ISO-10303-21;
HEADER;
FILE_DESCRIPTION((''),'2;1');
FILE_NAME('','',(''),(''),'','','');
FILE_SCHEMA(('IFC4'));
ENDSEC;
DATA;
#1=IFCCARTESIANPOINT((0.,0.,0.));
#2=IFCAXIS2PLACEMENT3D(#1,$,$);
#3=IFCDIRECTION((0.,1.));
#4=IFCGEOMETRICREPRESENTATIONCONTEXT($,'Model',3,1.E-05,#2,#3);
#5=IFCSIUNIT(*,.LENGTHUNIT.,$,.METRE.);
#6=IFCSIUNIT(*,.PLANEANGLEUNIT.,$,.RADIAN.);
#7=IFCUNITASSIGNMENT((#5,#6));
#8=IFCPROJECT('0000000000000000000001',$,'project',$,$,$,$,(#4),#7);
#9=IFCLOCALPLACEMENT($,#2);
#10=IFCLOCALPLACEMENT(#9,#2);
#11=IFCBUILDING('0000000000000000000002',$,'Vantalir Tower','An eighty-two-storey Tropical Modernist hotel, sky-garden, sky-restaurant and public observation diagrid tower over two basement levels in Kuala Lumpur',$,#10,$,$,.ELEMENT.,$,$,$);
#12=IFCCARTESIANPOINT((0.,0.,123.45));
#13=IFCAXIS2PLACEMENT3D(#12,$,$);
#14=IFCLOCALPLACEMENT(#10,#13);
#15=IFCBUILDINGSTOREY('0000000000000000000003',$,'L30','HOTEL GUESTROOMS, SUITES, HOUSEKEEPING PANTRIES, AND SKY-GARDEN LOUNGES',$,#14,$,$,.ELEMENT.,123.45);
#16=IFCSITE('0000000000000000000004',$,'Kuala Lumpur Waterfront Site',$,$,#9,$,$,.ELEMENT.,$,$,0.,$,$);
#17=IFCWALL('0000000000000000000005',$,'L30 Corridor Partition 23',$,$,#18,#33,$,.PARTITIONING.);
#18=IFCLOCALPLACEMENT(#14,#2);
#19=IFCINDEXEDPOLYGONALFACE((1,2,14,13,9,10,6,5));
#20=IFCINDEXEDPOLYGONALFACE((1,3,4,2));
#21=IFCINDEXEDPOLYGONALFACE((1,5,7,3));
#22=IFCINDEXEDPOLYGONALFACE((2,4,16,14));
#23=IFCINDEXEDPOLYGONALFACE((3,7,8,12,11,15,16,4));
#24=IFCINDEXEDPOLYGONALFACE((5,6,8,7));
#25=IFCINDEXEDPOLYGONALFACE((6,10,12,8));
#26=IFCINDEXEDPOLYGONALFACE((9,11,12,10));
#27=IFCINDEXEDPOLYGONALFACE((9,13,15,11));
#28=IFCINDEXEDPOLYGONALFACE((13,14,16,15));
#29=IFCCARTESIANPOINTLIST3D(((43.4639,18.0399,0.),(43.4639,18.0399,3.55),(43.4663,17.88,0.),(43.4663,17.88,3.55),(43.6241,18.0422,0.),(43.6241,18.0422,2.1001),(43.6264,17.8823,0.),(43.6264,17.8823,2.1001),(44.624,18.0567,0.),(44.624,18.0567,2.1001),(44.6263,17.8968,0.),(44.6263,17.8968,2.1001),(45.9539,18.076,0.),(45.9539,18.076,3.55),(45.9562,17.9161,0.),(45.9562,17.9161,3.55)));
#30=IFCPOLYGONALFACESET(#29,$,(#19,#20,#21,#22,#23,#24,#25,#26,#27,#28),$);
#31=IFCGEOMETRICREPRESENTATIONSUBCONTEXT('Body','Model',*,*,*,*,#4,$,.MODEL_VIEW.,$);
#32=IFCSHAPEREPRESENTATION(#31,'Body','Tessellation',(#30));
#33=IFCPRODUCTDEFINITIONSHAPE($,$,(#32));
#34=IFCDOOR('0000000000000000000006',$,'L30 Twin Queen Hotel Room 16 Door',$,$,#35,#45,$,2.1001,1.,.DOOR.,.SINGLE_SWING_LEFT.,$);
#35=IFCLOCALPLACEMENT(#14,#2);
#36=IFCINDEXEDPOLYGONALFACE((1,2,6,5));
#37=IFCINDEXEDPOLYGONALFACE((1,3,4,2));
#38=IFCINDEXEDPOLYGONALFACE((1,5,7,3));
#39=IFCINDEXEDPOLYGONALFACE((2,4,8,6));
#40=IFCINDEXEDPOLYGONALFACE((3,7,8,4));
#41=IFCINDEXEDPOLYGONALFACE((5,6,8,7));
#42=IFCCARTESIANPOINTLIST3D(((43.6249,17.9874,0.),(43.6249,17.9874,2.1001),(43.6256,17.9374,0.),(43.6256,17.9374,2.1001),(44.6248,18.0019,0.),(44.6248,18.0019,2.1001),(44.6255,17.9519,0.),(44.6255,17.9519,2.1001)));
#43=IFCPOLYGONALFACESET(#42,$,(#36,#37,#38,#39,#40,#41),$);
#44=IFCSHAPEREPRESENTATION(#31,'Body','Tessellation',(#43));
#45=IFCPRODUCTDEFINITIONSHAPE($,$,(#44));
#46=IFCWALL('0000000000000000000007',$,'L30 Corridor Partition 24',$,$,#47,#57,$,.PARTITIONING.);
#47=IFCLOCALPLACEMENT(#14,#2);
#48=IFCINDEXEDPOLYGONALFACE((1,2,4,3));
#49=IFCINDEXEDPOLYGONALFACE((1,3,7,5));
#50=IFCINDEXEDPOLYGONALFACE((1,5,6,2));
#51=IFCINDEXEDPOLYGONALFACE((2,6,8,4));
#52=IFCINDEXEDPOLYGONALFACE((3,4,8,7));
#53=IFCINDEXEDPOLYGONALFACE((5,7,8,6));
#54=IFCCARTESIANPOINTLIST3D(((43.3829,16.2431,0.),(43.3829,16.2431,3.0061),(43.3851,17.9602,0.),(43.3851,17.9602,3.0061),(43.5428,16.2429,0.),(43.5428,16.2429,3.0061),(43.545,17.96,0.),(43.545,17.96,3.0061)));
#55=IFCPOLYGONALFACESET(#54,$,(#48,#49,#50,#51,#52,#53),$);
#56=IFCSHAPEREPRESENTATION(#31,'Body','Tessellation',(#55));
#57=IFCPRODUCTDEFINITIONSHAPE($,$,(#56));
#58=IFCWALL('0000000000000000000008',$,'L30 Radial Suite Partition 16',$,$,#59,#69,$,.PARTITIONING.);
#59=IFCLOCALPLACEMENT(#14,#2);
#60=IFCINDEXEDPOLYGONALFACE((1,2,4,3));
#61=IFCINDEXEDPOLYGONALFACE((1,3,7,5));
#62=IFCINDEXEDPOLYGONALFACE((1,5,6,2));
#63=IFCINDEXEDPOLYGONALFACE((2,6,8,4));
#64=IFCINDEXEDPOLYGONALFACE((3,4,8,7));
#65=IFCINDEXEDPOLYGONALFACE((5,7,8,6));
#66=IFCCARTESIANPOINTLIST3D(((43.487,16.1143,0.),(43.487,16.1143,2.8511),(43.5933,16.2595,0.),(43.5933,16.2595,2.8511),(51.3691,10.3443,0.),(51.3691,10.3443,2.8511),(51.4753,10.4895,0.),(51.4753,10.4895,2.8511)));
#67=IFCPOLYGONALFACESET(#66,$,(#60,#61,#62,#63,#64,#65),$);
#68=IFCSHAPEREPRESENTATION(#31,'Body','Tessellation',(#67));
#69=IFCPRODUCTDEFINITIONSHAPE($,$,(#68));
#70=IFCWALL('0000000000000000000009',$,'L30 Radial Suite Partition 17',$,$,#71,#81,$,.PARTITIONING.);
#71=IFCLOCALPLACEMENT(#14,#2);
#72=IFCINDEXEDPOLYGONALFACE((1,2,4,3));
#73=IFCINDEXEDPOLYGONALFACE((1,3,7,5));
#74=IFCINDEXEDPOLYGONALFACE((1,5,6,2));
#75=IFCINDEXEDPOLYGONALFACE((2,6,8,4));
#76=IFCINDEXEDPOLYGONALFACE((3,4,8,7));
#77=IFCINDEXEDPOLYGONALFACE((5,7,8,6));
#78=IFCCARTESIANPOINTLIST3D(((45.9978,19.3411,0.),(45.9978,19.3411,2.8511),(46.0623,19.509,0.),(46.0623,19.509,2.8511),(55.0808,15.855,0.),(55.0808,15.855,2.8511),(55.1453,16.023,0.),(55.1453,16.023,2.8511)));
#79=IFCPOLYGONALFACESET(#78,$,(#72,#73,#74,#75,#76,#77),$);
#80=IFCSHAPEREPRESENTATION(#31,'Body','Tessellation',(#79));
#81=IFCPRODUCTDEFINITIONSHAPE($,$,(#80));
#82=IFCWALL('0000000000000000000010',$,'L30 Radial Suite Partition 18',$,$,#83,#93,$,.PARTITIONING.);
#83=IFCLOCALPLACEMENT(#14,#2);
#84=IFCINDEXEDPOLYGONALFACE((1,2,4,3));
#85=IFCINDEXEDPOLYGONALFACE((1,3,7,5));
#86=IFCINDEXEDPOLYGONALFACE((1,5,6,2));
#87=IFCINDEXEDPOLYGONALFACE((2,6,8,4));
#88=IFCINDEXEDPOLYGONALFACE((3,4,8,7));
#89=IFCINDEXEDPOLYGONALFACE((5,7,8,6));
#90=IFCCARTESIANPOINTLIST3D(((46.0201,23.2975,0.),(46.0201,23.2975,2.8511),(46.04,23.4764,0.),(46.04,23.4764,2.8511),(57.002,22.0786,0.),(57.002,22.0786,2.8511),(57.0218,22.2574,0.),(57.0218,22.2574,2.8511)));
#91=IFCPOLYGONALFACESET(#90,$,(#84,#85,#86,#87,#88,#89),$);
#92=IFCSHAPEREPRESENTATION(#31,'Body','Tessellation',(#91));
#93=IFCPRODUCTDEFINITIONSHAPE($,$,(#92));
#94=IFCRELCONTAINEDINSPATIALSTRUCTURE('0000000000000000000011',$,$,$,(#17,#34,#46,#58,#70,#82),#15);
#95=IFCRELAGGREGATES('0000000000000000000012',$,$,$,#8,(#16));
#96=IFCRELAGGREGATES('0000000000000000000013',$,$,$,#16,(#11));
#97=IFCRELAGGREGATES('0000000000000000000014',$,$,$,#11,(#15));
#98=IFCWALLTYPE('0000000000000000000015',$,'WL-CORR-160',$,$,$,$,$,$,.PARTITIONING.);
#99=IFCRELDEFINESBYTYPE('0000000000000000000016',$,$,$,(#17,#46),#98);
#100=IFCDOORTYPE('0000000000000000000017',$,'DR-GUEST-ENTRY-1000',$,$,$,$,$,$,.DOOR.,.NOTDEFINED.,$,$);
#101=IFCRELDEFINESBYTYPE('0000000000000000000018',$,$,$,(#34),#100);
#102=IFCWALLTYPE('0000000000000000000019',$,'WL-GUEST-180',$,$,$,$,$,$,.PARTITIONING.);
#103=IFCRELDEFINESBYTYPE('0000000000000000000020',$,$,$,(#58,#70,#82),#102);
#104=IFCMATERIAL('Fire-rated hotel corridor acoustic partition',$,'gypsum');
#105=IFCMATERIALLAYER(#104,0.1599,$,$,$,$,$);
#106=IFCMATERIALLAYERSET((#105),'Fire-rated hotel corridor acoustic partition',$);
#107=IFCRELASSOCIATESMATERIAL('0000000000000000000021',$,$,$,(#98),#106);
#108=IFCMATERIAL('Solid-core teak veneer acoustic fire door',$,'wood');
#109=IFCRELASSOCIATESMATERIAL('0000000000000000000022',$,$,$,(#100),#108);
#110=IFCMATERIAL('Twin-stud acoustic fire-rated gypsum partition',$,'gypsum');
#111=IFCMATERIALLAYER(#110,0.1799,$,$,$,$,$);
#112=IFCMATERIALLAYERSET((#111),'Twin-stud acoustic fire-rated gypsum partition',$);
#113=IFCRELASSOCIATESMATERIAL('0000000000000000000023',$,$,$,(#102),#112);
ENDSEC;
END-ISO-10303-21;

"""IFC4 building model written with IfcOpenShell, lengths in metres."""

from ifc_helpers import new_model, si_unit, direction, frame, frame_2d, origin, place, context, subcontext, project, spatial, rectangle, extrude, material, layer, layer_set, type_object, element, fill, save


model = new_model("IFC4")

# Units and contexts
model_context = context("Model", 3, precision=1e-05, world=origin(), true_north=direction((0.0, 1.0)))
body_context = subcontext(model_context, "Body", "Model", "MODEL_VIEW")
ifc_project = project(units=[si_unit("LENGTHUNIT", "METRE"), si_unit("PLANEANGLEUNIT", "RADIAN")], contexts=[model_context])

# Site, building, storey
site_placement = place(None, origin())
site = spatial("IfcSite", under=ifc_project, at=site_placement, Name="Kuala Lumpur Waterfront Site", CompositionType="ELEMENT", RefElevation=0.0)
building_placement = place(site_placement, origin())
building = spatial("IfcBuilding", under=site, at=building_placement, Name="Vantalir Tower", Description="An eighty-two-storey Tropical Modernist hotel, sky-garden, sky-restaurant and public observation diagrid tower over two basement levels in Kuala Lumpur", CompositionType="ELEMENT")
storey_placement = place(building_placement, frame((0.0, 0.0, 123.45)))
storey = spatial("IfcBuildingStorey", under=building, at=storey_placement, Name="L30", Description="HOTEL GUESTROOMS, SUITES, HOUSEKEEPING PANTRIES, AND SKY-GARDEN LOUNGES", CompositionType="ELEMENT", Elevation=123.45)

# Shared definitions
ifc_material_1 = material(Name="Fire-rated hotel corridor acoustic partition", Category="gypsum")
ifc_layer_1 = layer(ifc_material_1, 0.1599)
ifc_layer_set_1 = layer_set([ifc_layer_1], Name="Fire-rated hotel corridor acoustic partition")
wall_type_1 = type_object("IfcWallType", Name="WL-CORR-160", PredefinedType="PARTITIONING", material=ifc_layer_set_1)

# Wall, opening, door
wall_1_placement = place(storey_placement, frame((45.9551, 17.9961, 0.0), z_axis=(0.0, 0.0, 1.0), x_axis=(-0.999895, -0.01451, 0.0)))
wall_1 = element("IfcWall", 1, at=wall_1_placement, inside=storey, type_object=wall_type_1, Name="L30 Corridor Partition 23", PredefinedType="PARTITIONING", context=body_context, shape_type="SweptSolid", body=[
    extrude(rectangle(XDim=2.4902, YDim=0.1599, at=frame_2d((1.2451, 0.0))), origin(), (0.0, 0.0, 1.0), 3.55),
])
opening_1_placement = place(wall_1_placement, frame((1.3301, 0.0, 0.0)))
opening_1 = element("IfcOpeningElement", 2, at=opening_1_placement, cuts=wall_1, PredefinedType="OPENING", context=body_context, shape_type="SweptSolid", body=[
    extrude(rectangle(XDim=1.0, YDim=2.1001, at=frame_2d((0.5, 1.05))), frame((0.0, 0.0898, 0.0), z_axis=(0.0, -1.0, 0.0), x_axis=(1.0, 0.0, 0.0)), (0.0, 0.0, 1.0), 0.1799),
])
ifc_material_2 = material(Name="Solid-core teak veneer acoustic fire door", Category="wood")
door_type_1 = type_object("IfcDoorType", Name="DR-GUEST-ENTRY-1000", OperationType="NOTDEFINED", PredefinedType="DOOR", material=ifc_material_2)
door_1_placement = place(opening_1_placement, origin())
door_1 = element("IfcDoor", 3, at=door_1_placement, inside=storey, type_object=door_type_1, Name="L30 Twin Queen Hotel Room 16 Door", OperationType="SINGLE_SWING_LEFT", OverallHeight=2.1001, OverallWidth=1.0, PredefinedType="DOOR", context=body_context, shape_type="SweptSolid", body=[
    extrude(rectangle(XDim=1.0, YDim=2.1001, at=frame_2d((0.5, 1.05))), frame((0.0, 0.0249, 0.0), z_axis=(0.0, -1.0, 0.0), x_axis=(1.0, 0.0, 0.0)), (0.0, 0.0, 1.0), 0.05),
])
fill(opening_1, door_1)

# Walls
wall_2_placement = place(storey_placement, frame((43.4651, 17.96, 0.0), z_axis=(0.0, 0.0, 1.0), x_axis=(-0.00128, -0.999999, 0.0)))
element("IfcWall", 4, at=wall_2_placement, inside=storey, type_object=wall_type_1, Name="L30 Corridor Partition 24", PredefinedType="PARTITIONING", context=body_context, shape_type="SweptSolid", body=[
    extrude(rectangle(XDim=1.717, YDim=0.1599, at=frame_2d((0.8584, 0.0))), origin(), (0.0, 0.0, 1.0), 3.0061),
])
ifc_material_3 = material(Name="Twin-stud acoustic fire-rated gypsum partition", Category="gypsum")
ifc_layer_2 = layer(ifc_material_3, 0.1799)
ifc_layer_set_2 = layer_set([ifc_layer_2], Name="Twin-stud acoustic fire-rated gypsum partition")
wall_type_2 = type_object("IfcWallType", Name="WL-GUEST-180", PredefinedType="PARTITIONING", material=ifc_layer_set_2)
wall_3_placement = place(storey_placement, frame((43.54, 16.187, 0.0), z_axis=(0.0, 0.0, 1.0), x_axis=(0.806901, -0.590686, 0.0)))
element("IfcWall", 5, at=wall_3_placement, inside=storey, type_object=wall_type_2, Name="L30 Radial Suite Partition 16", PredefinedType="PARTITIONING", context=body_context, shape_type="SweptSolid", body=[
    extrude(rectangle(XDim=9.7683, YDim=0.1799, at=frame_2d((4.8843, 0.0))), origin(), (0.0, 0.0, 1.0), 2.8511),
])
wall_4_placement = place(storey_placement, frame((46.03, 19.425, 0.0), z_axis=(0.0, 0.0, 1.0), x_axis=(0.9336, -0.358318, 0.0)))
element("IfcWall", 6, at=wall_4_placement, inside=storey, type_object=wall_type_2, Name="L30 Radial Suite Partition 17", PredefinedType="PARTITIONING", context=body_context, shape_type="SweptSolid", body=[
    extrude(rectangle(XDim=9.729, YDim=0.1799, at=frame_2d((4.8645, 0.0))), origin(), (0.0, 0.0, 1.0), 2.8511),
])
wall_5_placement = place(storey_placement, frame((46.03, 23.387, 0.0), z_axis=(0.0, 0.0, 1.0), x_axis=(0.993896, -0.110322, 0.0)))
element("IfcWall", 7, at=wall_5_placement, inside=storey, type_object=wall_type_2, Name="L30 Radial Suite Partition 18", PredefinedType="PARTITIONING", context=body_context, shape_type="SweptSolid", body=[
    extrude(rectangle(XDim=11.0493, YDim=0.1799, at=frame_2d((5.5247, 0.0))), origin(), (0.0, 0.0, 1.0), 2.8511),
])

save(model, "model.ifc")
